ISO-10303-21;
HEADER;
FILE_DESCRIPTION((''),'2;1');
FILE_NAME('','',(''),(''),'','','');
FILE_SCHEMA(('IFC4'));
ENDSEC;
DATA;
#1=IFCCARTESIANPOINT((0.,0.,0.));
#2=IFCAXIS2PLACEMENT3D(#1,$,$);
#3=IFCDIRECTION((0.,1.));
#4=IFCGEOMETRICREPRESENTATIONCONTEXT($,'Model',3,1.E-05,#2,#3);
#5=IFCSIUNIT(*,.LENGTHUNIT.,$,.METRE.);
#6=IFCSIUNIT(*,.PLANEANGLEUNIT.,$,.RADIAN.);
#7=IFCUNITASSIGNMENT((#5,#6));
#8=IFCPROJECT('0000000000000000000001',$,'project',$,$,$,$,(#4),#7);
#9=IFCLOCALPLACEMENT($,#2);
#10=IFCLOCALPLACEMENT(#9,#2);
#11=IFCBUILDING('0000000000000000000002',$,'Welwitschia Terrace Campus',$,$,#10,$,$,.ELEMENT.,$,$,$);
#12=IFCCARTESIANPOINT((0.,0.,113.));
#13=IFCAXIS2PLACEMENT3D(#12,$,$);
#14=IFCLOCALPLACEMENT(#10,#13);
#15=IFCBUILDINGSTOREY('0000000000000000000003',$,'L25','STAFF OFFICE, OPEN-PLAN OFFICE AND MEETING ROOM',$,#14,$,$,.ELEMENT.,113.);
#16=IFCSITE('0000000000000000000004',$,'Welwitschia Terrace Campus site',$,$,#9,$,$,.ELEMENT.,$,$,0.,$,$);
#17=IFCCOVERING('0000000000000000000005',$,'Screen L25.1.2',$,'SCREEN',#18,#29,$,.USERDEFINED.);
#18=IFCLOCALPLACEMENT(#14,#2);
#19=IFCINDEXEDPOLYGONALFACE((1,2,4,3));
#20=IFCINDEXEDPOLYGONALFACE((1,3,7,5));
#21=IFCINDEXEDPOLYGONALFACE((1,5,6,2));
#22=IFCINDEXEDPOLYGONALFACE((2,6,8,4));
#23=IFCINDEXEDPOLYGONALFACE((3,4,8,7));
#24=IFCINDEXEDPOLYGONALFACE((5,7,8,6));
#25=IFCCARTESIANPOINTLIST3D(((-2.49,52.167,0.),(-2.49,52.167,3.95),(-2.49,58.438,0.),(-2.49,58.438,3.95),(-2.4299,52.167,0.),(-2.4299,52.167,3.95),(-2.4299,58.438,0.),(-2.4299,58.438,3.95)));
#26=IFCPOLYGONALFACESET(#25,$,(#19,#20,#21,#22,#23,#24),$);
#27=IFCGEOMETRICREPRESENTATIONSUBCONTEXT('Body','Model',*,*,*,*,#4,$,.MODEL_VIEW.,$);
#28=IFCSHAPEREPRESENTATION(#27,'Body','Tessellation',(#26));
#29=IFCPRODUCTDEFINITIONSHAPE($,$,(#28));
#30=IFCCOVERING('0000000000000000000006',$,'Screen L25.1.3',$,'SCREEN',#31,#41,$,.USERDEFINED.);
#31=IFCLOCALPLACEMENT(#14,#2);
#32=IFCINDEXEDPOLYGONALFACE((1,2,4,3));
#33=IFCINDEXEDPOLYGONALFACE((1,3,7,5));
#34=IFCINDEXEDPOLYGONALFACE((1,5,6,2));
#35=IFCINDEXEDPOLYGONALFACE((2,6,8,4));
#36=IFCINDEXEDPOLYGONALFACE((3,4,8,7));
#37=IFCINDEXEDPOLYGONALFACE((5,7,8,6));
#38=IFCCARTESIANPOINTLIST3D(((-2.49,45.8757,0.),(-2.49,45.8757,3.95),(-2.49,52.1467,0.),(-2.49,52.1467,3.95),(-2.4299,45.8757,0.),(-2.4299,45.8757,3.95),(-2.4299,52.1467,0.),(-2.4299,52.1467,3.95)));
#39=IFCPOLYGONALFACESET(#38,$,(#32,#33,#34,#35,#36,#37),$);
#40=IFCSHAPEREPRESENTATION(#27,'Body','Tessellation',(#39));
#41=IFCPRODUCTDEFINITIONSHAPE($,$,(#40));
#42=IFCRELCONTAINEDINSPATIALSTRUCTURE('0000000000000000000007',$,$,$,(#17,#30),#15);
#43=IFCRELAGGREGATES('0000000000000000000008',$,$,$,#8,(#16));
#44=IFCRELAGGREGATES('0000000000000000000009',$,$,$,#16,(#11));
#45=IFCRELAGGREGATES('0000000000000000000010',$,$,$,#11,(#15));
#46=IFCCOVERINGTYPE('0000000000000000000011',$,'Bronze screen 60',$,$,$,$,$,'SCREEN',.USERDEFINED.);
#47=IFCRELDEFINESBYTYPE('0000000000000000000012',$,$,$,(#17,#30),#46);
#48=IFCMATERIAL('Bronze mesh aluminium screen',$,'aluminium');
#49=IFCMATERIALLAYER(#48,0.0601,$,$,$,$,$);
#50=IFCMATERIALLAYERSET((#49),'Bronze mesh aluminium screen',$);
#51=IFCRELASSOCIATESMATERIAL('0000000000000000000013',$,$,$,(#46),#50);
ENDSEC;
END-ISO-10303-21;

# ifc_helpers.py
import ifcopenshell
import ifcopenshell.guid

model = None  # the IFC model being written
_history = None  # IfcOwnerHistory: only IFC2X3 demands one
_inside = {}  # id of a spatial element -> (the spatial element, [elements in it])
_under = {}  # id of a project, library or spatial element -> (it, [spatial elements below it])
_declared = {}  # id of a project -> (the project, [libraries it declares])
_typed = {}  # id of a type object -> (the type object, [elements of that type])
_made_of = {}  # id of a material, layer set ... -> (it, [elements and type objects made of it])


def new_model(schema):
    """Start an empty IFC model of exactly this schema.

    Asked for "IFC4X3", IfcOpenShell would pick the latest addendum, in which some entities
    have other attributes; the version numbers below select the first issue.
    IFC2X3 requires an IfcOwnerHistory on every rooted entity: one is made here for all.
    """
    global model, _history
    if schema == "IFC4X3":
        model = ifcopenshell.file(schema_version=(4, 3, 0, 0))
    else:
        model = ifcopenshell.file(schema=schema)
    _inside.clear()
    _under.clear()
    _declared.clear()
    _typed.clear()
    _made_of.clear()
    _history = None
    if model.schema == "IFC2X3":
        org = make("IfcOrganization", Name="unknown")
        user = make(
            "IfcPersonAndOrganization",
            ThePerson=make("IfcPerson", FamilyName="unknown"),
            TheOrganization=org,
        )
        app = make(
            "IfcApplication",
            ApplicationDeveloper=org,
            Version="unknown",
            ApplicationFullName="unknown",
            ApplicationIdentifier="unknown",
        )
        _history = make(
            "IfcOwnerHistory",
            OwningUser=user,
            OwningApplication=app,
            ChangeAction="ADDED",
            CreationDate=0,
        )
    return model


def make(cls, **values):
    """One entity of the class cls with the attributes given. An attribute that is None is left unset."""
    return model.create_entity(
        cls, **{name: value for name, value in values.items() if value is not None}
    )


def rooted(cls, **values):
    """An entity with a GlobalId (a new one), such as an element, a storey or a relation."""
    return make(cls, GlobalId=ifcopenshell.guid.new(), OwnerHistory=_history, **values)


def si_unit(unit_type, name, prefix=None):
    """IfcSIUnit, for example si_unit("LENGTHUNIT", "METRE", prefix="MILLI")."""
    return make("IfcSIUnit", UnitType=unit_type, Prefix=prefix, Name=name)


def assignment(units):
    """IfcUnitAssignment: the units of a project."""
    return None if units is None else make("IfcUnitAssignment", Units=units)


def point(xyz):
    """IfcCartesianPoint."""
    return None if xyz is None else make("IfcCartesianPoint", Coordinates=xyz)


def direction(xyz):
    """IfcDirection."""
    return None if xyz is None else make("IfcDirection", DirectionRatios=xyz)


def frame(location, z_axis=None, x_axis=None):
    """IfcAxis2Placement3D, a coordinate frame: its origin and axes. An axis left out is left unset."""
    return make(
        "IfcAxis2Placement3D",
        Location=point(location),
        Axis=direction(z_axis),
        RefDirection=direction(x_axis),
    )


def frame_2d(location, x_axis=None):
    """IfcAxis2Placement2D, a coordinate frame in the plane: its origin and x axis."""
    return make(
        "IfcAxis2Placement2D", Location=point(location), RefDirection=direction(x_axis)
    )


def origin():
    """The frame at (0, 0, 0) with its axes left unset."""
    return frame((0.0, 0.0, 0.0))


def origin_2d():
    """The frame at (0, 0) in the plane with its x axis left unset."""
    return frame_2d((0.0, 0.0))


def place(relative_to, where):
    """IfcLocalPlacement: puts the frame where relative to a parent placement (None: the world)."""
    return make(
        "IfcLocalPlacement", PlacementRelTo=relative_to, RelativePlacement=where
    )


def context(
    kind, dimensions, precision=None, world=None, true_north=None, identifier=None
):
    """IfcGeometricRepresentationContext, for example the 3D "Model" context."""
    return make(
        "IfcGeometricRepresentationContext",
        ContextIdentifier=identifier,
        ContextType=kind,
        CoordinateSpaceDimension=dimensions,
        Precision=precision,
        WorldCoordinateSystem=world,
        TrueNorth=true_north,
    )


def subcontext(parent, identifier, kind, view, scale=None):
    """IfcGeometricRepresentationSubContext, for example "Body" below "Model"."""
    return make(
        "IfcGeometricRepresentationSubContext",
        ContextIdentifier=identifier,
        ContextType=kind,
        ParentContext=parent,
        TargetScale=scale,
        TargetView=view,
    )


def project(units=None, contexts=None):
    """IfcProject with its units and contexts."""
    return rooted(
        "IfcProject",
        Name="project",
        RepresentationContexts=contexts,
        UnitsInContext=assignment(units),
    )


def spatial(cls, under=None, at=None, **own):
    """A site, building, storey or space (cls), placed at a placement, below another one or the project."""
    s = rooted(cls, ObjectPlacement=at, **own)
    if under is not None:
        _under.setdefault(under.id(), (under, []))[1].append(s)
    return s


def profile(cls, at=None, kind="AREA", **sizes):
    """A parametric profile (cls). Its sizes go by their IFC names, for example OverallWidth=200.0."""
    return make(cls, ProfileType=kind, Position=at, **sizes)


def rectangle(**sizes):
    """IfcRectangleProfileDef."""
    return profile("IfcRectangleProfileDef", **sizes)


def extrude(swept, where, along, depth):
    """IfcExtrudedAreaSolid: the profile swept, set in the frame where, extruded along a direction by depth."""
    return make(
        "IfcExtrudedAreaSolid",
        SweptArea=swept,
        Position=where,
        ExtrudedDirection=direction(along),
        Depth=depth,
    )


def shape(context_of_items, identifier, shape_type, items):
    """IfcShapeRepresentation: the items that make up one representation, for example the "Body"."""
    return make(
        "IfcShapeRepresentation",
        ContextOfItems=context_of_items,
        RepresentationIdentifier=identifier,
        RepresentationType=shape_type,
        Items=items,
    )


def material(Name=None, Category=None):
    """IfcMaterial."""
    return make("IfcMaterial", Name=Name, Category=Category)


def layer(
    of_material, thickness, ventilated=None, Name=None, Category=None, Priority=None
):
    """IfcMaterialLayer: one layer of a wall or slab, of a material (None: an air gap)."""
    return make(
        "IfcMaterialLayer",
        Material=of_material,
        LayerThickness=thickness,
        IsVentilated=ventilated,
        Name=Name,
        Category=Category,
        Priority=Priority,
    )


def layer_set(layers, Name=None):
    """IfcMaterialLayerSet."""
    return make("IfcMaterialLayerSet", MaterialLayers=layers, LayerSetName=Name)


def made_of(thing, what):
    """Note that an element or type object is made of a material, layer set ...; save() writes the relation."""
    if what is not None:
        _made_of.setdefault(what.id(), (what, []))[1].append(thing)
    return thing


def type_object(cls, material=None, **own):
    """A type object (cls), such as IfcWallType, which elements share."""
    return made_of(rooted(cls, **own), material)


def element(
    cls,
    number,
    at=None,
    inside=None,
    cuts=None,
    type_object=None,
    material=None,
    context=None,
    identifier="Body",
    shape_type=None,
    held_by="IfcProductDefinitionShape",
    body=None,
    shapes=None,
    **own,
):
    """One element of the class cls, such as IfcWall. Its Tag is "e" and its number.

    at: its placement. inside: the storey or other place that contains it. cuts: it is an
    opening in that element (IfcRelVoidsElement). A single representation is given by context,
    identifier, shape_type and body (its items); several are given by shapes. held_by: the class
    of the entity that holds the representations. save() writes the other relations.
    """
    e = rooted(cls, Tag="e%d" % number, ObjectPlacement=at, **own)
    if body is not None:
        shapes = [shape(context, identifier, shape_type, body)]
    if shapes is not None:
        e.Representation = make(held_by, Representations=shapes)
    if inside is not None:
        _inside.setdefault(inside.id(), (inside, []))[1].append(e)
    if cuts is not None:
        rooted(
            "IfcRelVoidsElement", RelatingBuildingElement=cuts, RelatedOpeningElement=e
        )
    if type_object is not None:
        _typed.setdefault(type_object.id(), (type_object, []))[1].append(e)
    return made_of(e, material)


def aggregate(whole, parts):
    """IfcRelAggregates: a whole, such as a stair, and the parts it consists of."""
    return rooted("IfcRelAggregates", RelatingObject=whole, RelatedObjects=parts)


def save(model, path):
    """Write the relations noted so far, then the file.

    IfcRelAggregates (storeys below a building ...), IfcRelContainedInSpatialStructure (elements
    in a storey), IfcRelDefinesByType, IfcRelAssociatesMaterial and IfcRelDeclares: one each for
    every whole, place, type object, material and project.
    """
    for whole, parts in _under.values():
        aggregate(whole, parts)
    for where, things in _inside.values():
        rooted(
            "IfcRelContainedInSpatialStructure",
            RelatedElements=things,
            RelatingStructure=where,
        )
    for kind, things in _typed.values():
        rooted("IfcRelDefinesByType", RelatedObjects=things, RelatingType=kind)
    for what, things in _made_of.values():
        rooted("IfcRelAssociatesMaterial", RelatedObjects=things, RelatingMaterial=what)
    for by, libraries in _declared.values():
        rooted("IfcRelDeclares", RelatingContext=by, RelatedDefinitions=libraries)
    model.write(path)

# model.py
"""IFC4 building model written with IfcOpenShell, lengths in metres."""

from ifc_helpers import new_model, si_unit, direction, frame, origin, origin_2d, place, context, subcontext, project, spatial, rectangle, extrude, material, layer, layer_set, type_object, element, save


model = new_model("IFC4")

# Units and contexts
model_context = context("Model", 3, precision=1e-05, world=origin(), true_north=direction((0.0, 1.0)))
body_context = subcontext(model_context, "Body", "Model", "MODEL_VIEW")
ifc_project = project(units=[si_unit("LENGTHUNIT", "METRE"), si_unit("PLANEANGLEUNIT", "RADIAN")], contexts=[model_context])

# Site, building, storey
site_placement = place(None, origin())
site = spatial("IfcSite", under=ifc_project, at=site_placement, Name="Welwitschia Terrace Campus site", CompositionType="ELEMENT", RefElevation=0.0)
building_placement = place(site_placement, origin())
building = spatial("IfcBuilding", under=site, at=building_placement, Name="Welwitschia Terrace Campus", CompositionType="ELEMENT")
storey_placement = place(building_placement, frame((0.0, 0.0, 113.0)))
storey = spatial("IfcBuildingStorey", under=building, at=storey_placement, Name="L25", Description="STAFF OFFICE, OPEN-PLAN OFFICE AND MEETING ROOM", CompositionType="ELEMENT", Elevation=113.0)

# Coverings
ifc_material_1 = material(Name="Bronze mesh aluminium screen", Category="aluminium")
ifc_layer_1 = layer(ifc_material_1, 0.0601)
ifc_layer_set_1 = layer_set([ifc_layer_1], Name="Bronze mesh aluminium screen")
covering_type = type_object("IfcCoveringType", Name="Bronze screen 60", ElementType="SCREEN", PredefinedType="USERDEFINED", material=ifc_layer_set_1)
for number, where, z_axis, x_axis, name in (
    (1, (-2.46, 55.3025, 0.0), (0.0, 0.0, 1.0), (0.0, -1.0, 0.0), "Screen L25.1.2"),
    (2, (-2.46, 49.0112, 0.0), (0.0, 0.0, 1.0), (0.0, -1.0, 0.0), "Screen L25.1.3"),
):
    element("IfcCovering", number, at=place(storey_placement, frame(where, z_axis=z_axis, x_axis=x_axis)), inside=storey, type_object=covering_type, Name=name, ObjectType="SCREEN", PredefinedType="USERDEFINED", context=body_context, shape_type="SweptSolid", body=[
        extrude(rectangle(XDim=6.271, YDim=0.0601, at=origin_2d()), origin(), (0.0, 0.0, 1.0), 3.95),
    ])

save(model, "model.ifc")
